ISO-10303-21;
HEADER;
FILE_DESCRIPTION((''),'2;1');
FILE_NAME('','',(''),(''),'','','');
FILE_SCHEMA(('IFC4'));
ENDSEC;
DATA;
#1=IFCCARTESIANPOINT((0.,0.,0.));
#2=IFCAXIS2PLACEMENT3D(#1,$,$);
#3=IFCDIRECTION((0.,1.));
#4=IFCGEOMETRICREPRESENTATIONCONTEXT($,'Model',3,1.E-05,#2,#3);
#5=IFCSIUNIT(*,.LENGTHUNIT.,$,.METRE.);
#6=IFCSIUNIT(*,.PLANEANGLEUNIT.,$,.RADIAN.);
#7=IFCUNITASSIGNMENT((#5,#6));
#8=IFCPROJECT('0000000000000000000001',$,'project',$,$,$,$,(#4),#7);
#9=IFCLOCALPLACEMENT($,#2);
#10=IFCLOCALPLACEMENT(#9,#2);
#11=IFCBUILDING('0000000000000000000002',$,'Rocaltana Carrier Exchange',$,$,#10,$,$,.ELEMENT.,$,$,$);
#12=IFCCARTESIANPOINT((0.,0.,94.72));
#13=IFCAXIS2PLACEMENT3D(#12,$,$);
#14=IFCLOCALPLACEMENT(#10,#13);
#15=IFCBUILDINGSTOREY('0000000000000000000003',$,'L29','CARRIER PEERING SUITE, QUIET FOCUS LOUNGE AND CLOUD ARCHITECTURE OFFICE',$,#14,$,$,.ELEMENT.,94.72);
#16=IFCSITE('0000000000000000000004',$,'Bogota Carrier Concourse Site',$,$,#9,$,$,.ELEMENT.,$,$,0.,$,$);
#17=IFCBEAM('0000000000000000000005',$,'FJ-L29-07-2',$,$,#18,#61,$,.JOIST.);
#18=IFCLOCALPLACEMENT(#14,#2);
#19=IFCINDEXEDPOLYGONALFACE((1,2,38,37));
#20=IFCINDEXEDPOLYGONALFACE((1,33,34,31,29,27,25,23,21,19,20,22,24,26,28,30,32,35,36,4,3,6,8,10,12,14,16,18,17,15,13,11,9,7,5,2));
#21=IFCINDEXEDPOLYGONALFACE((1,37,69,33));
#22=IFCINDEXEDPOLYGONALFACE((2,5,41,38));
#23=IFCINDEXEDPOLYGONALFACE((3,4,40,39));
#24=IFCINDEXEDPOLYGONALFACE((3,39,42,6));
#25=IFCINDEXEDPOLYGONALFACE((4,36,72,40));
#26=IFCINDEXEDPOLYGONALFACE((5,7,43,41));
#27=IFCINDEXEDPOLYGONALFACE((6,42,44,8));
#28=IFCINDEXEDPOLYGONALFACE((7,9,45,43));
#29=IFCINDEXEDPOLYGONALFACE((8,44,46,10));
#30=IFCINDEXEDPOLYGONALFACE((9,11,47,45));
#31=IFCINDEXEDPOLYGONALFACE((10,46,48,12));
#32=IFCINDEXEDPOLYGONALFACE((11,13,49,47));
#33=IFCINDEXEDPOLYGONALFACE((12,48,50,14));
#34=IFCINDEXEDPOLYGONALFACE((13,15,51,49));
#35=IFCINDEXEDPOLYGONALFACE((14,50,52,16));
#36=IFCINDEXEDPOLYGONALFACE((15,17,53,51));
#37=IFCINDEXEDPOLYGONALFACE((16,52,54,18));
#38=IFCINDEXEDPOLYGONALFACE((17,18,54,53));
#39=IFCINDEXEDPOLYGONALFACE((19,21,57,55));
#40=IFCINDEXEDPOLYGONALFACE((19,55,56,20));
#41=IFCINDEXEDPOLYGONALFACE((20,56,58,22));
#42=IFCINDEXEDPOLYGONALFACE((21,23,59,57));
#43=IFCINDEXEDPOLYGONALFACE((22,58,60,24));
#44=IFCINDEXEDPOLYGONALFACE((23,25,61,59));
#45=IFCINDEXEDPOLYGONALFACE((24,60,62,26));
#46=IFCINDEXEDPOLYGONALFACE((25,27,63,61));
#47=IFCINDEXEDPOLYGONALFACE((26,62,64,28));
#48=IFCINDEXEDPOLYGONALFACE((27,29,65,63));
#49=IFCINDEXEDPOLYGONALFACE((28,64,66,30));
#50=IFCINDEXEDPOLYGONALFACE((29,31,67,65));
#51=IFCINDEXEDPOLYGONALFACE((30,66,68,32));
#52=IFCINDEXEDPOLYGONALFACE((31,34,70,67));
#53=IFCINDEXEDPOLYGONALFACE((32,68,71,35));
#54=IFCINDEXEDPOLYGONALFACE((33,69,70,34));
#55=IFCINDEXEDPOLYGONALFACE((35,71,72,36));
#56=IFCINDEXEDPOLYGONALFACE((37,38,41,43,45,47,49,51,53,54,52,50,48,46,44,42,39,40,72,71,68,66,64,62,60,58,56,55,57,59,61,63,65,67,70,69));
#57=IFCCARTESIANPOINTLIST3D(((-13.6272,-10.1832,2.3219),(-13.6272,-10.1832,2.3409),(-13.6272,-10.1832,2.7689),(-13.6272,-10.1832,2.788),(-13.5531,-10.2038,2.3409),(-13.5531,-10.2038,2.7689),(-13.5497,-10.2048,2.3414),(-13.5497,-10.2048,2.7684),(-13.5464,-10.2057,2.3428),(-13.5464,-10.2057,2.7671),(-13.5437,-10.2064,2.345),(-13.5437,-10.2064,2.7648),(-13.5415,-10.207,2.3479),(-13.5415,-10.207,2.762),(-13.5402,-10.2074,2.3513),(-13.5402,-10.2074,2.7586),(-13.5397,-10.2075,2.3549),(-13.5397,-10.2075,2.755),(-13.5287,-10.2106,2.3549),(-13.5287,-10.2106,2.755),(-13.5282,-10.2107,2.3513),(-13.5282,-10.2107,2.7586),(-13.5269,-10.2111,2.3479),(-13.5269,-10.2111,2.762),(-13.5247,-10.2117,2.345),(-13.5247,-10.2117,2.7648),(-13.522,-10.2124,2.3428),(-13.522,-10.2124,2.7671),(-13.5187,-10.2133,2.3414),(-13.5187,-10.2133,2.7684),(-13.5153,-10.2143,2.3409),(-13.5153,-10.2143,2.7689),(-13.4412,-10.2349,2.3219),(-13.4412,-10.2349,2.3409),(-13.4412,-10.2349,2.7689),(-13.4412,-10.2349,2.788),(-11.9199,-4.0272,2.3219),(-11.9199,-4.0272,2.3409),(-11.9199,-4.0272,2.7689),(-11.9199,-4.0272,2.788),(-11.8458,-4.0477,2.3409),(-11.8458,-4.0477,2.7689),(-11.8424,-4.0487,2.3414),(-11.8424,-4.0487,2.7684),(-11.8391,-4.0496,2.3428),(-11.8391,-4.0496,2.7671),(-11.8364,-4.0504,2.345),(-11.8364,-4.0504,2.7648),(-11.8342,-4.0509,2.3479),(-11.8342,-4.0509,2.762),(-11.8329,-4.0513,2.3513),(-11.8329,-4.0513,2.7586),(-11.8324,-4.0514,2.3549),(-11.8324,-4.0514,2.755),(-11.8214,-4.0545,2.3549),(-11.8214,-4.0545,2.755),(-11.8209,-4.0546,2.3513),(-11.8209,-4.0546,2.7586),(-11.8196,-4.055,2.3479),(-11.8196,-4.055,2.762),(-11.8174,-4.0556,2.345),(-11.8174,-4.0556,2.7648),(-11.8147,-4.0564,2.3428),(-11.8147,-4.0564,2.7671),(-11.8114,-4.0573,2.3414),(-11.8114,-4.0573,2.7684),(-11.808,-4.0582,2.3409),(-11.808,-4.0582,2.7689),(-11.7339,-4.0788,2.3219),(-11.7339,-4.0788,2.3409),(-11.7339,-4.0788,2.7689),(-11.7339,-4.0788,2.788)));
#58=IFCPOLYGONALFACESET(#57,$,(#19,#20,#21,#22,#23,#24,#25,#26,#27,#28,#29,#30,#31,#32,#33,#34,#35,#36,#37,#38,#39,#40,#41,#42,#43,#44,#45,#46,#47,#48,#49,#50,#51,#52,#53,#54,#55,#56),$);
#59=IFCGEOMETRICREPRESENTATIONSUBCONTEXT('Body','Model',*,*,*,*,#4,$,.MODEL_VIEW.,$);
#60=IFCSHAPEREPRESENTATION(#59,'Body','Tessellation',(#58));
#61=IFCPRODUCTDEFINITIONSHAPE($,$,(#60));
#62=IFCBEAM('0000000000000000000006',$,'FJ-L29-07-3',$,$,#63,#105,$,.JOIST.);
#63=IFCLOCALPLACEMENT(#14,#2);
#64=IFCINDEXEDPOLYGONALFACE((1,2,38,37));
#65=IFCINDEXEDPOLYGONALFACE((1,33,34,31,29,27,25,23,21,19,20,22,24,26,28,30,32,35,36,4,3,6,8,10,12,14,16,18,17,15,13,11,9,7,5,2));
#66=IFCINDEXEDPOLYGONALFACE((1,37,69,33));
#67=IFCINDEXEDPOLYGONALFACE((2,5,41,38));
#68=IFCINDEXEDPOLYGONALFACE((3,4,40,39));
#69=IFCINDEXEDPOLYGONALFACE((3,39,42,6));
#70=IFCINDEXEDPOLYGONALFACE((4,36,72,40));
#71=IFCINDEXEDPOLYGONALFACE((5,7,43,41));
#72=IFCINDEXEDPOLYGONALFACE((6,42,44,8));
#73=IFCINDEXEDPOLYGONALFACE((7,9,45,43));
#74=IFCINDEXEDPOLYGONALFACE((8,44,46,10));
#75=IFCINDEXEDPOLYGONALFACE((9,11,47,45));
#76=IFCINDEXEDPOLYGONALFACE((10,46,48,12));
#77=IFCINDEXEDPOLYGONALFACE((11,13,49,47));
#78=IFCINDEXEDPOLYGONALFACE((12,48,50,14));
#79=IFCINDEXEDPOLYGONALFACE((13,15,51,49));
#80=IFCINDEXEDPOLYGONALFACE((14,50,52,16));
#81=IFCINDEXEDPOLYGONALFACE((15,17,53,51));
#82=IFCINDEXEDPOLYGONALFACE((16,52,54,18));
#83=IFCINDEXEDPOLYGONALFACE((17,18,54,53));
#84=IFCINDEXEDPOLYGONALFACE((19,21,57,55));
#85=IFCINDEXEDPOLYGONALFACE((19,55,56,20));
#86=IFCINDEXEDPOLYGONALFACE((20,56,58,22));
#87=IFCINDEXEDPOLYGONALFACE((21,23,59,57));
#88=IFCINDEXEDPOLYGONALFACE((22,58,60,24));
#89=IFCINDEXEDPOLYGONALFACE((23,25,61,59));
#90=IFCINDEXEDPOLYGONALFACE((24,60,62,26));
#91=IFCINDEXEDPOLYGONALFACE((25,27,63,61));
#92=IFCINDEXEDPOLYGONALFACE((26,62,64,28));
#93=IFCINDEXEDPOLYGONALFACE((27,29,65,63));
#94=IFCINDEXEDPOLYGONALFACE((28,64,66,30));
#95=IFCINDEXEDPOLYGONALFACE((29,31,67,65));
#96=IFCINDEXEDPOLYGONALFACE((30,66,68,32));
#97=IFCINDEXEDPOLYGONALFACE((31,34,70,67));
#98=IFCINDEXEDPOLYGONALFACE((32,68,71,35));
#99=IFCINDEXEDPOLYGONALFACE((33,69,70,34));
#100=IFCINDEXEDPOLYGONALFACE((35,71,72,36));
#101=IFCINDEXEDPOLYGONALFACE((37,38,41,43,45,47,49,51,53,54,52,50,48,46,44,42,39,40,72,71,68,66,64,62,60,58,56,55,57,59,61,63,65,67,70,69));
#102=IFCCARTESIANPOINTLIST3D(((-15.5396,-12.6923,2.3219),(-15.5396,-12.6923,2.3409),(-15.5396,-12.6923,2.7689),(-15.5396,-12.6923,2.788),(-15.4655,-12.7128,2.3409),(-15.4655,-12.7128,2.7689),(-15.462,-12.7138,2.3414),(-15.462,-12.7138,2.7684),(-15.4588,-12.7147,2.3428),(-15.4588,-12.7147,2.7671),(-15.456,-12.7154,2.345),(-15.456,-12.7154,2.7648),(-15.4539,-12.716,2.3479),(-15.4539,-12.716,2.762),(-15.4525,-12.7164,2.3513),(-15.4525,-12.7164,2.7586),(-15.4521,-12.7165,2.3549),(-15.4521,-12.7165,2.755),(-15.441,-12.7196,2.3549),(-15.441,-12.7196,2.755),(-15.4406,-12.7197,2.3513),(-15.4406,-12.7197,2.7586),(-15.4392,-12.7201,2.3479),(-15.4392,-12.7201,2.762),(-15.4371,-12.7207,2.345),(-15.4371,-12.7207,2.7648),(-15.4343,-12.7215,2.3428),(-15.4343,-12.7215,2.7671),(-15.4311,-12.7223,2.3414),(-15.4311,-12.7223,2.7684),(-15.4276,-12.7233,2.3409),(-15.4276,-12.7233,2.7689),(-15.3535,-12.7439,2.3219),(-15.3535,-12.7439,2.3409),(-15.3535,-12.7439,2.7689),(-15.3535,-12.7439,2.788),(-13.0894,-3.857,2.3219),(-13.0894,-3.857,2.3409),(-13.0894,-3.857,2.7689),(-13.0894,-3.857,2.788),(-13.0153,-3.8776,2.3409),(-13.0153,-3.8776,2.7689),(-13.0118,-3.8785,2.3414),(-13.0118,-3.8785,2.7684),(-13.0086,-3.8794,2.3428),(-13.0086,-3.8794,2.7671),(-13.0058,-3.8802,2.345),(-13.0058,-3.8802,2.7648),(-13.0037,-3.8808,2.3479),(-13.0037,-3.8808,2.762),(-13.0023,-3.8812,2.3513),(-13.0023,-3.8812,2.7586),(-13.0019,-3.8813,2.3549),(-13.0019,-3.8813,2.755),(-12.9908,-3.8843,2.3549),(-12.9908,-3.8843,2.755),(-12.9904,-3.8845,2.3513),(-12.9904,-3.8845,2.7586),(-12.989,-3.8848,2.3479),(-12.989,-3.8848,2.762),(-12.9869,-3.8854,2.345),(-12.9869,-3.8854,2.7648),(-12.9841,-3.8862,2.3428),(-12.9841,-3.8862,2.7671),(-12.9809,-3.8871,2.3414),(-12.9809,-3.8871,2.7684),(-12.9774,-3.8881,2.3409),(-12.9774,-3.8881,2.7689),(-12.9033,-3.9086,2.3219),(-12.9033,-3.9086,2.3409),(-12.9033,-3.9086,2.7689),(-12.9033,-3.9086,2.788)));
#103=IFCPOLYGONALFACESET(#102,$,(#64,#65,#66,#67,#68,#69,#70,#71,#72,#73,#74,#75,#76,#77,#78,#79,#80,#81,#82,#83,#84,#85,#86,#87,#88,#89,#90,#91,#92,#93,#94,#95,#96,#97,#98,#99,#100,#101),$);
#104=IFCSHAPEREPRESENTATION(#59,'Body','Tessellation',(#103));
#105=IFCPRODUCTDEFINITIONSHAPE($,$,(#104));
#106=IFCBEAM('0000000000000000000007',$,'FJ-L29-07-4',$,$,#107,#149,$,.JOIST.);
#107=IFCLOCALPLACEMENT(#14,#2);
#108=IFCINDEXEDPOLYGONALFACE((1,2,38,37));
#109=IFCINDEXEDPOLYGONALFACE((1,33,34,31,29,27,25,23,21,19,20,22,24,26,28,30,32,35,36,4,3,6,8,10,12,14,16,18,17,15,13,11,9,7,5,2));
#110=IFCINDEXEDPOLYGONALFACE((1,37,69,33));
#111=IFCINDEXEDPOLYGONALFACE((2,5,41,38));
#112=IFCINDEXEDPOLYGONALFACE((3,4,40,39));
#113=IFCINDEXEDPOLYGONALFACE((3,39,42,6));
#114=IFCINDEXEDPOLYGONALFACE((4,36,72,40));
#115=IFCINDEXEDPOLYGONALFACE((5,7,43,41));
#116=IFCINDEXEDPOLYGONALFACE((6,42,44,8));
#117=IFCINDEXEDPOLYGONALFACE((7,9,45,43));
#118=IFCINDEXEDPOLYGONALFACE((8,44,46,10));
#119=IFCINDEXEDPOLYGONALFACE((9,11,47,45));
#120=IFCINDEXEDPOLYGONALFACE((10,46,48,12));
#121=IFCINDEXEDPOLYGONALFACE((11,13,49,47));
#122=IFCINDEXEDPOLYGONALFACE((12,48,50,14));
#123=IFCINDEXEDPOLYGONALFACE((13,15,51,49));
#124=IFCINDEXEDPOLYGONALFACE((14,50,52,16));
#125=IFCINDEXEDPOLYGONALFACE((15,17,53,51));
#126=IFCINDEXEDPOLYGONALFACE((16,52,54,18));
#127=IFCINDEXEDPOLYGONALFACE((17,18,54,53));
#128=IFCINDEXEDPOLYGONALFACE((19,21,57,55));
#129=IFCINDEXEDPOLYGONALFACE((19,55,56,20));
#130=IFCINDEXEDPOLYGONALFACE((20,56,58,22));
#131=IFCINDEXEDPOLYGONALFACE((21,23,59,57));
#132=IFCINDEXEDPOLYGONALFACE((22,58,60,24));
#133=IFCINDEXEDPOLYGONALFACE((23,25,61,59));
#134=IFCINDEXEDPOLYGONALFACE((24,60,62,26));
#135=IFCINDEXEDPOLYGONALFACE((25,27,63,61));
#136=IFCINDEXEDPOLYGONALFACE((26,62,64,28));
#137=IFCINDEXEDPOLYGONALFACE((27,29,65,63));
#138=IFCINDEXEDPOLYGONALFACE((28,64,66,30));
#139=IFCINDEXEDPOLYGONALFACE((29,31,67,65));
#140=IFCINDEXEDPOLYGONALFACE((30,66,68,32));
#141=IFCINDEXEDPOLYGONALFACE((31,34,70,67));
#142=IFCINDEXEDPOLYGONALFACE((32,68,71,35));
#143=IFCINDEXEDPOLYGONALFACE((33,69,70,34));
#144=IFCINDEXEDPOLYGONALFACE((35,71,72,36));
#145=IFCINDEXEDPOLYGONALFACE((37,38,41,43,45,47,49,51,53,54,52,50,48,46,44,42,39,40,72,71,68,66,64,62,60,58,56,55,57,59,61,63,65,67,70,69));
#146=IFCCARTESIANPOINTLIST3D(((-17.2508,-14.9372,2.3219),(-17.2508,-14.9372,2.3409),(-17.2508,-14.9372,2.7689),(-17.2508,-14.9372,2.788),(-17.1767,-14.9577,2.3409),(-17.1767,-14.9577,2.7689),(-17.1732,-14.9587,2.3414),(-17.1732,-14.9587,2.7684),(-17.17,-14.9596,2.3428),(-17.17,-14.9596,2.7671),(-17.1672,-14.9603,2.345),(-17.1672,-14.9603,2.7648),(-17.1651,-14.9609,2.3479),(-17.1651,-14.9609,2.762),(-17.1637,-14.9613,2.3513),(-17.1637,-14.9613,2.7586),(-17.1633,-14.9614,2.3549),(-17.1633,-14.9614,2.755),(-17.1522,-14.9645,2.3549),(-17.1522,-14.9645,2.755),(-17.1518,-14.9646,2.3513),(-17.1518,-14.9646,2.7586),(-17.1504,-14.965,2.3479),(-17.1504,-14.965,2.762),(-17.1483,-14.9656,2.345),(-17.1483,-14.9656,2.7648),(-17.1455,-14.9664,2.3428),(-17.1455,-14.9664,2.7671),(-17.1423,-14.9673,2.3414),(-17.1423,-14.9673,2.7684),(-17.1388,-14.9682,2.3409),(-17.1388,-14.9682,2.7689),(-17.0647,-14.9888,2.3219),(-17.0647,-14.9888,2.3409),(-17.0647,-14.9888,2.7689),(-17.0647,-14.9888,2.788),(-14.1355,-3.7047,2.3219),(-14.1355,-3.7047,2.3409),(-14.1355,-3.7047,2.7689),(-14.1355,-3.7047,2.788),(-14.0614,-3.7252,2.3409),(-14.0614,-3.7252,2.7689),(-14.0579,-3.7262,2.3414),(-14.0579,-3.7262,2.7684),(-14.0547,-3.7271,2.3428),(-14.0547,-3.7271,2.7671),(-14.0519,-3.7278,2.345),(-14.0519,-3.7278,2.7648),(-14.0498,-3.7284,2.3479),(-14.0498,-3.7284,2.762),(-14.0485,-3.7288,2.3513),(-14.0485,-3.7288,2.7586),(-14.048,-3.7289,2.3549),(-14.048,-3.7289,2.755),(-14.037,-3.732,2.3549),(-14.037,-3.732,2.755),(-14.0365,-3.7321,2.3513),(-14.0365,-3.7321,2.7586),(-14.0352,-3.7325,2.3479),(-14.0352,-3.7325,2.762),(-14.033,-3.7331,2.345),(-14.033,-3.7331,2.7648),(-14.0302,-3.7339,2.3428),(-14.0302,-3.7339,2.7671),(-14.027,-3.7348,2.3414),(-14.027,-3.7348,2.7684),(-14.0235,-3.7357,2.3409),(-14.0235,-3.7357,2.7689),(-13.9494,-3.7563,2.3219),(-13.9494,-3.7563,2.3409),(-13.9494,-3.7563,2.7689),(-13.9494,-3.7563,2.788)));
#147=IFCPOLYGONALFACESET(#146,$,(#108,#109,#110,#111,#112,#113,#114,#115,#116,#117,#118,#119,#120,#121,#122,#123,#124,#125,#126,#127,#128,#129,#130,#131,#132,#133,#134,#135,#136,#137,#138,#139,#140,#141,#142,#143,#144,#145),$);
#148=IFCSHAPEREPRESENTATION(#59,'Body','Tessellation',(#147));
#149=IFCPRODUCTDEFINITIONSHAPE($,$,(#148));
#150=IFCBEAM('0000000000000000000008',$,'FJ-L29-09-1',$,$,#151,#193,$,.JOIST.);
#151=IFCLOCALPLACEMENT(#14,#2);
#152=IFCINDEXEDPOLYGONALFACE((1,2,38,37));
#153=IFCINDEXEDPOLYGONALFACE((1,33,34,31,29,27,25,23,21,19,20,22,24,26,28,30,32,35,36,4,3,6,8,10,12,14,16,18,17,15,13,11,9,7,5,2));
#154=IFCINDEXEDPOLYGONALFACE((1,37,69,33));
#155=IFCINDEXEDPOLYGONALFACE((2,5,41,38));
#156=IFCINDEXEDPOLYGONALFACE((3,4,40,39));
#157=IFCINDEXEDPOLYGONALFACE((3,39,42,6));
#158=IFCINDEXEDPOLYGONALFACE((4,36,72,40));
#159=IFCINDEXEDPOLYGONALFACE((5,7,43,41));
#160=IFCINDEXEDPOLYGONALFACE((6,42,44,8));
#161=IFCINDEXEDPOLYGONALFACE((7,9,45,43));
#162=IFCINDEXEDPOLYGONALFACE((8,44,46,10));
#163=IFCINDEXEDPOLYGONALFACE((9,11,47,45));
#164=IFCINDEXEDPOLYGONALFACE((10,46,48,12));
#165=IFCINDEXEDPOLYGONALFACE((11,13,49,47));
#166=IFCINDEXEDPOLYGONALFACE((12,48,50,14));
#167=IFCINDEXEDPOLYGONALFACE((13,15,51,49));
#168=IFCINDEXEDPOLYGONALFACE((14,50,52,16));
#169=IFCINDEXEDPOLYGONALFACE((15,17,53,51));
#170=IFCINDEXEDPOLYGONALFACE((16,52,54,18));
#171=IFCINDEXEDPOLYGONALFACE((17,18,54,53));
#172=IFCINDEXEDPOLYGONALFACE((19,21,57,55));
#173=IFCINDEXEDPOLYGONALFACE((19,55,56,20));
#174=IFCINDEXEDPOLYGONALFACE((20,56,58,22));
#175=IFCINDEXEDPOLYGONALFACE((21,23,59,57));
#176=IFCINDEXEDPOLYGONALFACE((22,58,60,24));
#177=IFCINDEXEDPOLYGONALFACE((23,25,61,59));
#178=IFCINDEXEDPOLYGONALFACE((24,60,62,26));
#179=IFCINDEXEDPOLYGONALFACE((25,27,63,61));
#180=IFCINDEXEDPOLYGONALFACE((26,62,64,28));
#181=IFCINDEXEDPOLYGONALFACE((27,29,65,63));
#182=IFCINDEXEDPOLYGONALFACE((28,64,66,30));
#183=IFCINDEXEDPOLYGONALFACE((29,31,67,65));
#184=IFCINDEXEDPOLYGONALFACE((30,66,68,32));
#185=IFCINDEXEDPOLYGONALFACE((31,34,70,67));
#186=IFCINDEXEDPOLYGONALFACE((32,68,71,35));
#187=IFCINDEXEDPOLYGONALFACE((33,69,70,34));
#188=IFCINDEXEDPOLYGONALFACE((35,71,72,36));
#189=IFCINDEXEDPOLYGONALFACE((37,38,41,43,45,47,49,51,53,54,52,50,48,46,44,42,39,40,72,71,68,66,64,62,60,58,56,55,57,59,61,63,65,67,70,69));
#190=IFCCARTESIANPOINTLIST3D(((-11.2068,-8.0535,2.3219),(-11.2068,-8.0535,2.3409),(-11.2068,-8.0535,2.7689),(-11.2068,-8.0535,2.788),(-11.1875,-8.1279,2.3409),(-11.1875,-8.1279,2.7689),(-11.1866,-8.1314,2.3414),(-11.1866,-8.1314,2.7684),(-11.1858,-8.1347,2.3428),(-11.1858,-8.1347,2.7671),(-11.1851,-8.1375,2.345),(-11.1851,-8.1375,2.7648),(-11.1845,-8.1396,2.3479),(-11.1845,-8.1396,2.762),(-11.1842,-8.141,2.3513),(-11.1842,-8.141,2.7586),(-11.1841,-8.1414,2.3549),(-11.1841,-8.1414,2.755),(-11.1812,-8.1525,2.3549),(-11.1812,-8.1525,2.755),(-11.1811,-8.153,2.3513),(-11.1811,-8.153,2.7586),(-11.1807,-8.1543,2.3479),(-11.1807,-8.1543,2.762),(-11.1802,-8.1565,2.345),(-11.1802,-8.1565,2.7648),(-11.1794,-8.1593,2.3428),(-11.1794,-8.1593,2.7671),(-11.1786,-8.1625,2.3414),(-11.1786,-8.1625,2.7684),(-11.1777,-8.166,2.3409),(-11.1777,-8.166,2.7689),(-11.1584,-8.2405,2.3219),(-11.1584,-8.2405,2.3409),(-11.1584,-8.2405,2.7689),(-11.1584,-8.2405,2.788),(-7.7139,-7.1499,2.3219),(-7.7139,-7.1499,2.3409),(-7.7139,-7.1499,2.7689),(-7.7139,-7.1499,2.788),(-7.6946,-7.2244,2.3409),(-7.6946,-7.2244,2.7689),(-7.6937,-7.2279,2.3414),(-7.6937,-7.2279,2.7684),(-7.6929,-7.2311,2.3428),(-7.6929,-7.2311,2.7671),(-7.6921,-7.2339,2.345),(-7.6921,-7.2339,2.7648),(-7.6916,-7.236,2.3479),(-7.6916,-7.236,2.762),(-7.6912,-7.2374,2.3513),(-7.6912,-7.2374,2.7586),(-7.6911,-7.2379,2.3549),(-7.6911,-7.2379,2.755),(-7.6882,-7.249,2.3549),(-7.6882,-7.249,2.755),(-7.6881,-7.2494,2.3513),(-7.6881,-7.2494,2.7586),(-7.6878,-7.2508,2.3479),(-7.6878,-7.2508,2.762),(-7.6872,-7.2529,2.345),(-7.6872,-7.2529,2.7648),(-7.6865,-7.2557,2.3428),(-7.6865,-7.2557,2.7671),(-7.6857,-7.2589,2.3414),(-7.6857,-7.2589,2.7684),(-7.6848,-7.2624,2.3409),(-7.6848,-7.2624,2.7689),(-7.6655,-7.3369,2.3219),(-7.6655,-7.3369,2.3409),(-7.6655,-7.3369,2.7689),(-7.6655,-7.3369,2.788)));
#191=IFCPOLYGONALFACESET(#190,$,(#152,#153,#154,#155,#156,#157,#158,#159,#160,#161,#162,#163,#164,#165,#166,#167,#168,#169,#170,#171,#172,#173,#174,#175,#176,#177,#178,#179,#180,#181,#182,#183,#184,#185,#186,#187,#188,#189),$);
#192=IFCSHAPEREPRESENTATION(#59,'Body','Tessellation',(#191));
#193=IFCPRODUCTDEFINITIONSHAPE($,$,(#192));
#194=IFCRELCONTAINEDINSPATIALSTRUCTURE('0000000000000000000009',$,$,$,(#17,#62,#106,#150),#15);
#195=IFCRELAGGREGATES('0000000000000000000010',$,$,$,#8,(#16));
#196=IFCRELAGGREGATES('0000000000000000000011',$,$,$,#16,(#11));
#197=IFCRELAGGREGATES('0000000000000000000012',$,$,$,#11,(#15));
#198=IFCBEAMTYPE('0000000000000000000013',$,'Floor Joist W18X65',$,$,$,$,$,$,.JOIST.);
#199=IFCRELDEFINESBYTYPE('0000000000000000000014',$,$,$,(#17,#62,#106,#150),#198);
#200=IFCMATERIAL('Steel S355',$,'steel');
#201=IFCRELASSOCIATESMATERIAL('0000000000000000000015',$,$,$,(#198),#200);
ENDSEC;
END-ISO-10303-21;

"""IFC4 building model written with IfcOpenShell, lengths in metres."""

from ifc_helpers import new_model, si_unit, direction, frame, origin, origin_2d, place, context, subcontext, project, spatial, i_section, extrude, material, material_profile, profile_set, type_object, element, save


model = new_model("IFC4")

# Units and contexts
model_context = context("Model", 3, precision=1e-05, world=origin(), true_north=direction((0.0, 1.0)))
body_context = subcontext(model_context, "Body", "Model", "MODEL_VIEW")
ifc_project = project(units=[si_unit("LENGTHUNIT", "METRE"), si_unit("PLANEANGLEUNIT", "RADIAN")], contexts=[model_context])

# Site, building, storey
site_placement = place(None, origin())
site = spatial("IfcSite", under=ifc_project, at=site_placement, Name="Bogota Carrier Concourse Site", CompositionType="ELEMENT", RefElevation=0.0)
building_placement = place(site_placement, origin())
building = spatial("IfcBuilding", under=site, at=building_placement, Name="Rocaltana Carrier Exchange", CompositionType="ELEMENT")
storey_placement = place(building_placement, frame((0.0, 0.0, 94.72)))
storey = spatial("IfcBuildingStorey", under=building, at=storey_placement, Name="L29", Description="CARRIER PEERING SUITE, QUIET FOCUS LOUNGE AND CLOUD ARCHITECTURE OFFICE", CompositionType="ELEMENT", Elevation=94.72)

# Beams
ifc_material_1 = material(Name="Steel S355", Category="steel")
ifc_material_profile_1 = material_profile(ifc_material_1, i_section(OverallWidth=0.1931, OverallDepth=0.4661, WebThickness=0.0115, FlangeThickness=0.019, FilletRadius=0.0139, at=origin_2d()), Name="W18X65")
ifc_profile_set_1 = profile_set([ifc_material_profile_1], Name="Steel S355")
beam_type_1 = type_object("IfcBeamType", Name="Floor Joist W18X65", PredefinedType="JOIST", material=ifc_profile_set_1)
beam_1_placement = place(storey_placement, frame((-11.8269, -4.053, 2.5549), z_axis=(-0.267248, -0.963628, 0.0), x_axis=(0.963628, -0.267248, 0.0)))
element("IfcBeam", 1, at=beam_1_placement, inside=storey, type_object=beam_type_1, Name="FJ-L29-07-2", PredefinedType="JOIST", context=body_context, shape_type="SweptSolid", body=[
    extrude(i_section(OverallWidth=0.1931, OverallDepth=0.4661, WebThickness=0.0115, FlangeThickness=0.019, FilletRadius=0.0139, at=origin_2d()), origin(), (0.0, 0.0, 1.0), 6.3884),
])
beam_2_placement = place(storey_placement, frame((-12.9963, -3.8828, 2.5549), z_axis=(-0.267236, -0.963631, 0.0), x_axis=(0.963631, -0.267236, 0.0)))
element("IfcBeam", 2, at=beam_2_placement, inside=storey, type_object=beam_type_1, Name="FJ-L29-07-3", PredefinedType="JOIST", context=body_context, shape_type="SweptSolid", body=[
    extrude(i_section(OverallWidth=0.1931, OverallDepth=0.4661, WebThickness=0.0115, FlangeThickness=0.019, FilletRadius=0.0139, at=origin_2d()), origin(), (0.0, 0.0, 1.0), 9.1687),
])
beam_3_placement = place(storey_placement, frame((-14.0425, -3.7305, 2.5549), z_axis=(-0.267255, -0.963626, 0.0), x_axis=(0.963626, -0.267255, 0.0)))
element("IfcBeam", 3, at=beam_3_placement, inside=storey, type_object=beam_type_1, Name="FJ-L29-07-4", PredefinedType="JOIST", context=body_context, shape_type="SweptSolid", body=[
    extrude(i_section(OverallWidth=0.1931, OverallDepth=0.4661, WebThickness=0.0115, FlangeThickness=0.019, FilletRadius=0.0139, at=origin_2d()), origin(), (0.0, 0.0, 1.0), 11.6565),
])
beam_4_placement = place(storey_placement, frame((-11.1826, -8.147, 2.5549), z_axis=(0.968132, 0.250441, 0.0), x_axis=(-0.250441, 0.968132, 0.0)))
element("IfcBeam", 4, at=beam_4_placement, inside=storey, type_object=beam_type_1, Name="FJ-L29-09-1", PredefinedType="JOIST", context=body_context, shape_type="SweptSolid", body=[
    extrude(i_section(OverallWidth=0.1931, OverallDepth=0.4661, WebThickness=0.0115, FlangeThickness=0.019, FilletRadius=0.0139, at=origin_2d()), origin(), (0.0, 0.0, 1.0), 3.6079),
])

save(model, "model.ifc")
